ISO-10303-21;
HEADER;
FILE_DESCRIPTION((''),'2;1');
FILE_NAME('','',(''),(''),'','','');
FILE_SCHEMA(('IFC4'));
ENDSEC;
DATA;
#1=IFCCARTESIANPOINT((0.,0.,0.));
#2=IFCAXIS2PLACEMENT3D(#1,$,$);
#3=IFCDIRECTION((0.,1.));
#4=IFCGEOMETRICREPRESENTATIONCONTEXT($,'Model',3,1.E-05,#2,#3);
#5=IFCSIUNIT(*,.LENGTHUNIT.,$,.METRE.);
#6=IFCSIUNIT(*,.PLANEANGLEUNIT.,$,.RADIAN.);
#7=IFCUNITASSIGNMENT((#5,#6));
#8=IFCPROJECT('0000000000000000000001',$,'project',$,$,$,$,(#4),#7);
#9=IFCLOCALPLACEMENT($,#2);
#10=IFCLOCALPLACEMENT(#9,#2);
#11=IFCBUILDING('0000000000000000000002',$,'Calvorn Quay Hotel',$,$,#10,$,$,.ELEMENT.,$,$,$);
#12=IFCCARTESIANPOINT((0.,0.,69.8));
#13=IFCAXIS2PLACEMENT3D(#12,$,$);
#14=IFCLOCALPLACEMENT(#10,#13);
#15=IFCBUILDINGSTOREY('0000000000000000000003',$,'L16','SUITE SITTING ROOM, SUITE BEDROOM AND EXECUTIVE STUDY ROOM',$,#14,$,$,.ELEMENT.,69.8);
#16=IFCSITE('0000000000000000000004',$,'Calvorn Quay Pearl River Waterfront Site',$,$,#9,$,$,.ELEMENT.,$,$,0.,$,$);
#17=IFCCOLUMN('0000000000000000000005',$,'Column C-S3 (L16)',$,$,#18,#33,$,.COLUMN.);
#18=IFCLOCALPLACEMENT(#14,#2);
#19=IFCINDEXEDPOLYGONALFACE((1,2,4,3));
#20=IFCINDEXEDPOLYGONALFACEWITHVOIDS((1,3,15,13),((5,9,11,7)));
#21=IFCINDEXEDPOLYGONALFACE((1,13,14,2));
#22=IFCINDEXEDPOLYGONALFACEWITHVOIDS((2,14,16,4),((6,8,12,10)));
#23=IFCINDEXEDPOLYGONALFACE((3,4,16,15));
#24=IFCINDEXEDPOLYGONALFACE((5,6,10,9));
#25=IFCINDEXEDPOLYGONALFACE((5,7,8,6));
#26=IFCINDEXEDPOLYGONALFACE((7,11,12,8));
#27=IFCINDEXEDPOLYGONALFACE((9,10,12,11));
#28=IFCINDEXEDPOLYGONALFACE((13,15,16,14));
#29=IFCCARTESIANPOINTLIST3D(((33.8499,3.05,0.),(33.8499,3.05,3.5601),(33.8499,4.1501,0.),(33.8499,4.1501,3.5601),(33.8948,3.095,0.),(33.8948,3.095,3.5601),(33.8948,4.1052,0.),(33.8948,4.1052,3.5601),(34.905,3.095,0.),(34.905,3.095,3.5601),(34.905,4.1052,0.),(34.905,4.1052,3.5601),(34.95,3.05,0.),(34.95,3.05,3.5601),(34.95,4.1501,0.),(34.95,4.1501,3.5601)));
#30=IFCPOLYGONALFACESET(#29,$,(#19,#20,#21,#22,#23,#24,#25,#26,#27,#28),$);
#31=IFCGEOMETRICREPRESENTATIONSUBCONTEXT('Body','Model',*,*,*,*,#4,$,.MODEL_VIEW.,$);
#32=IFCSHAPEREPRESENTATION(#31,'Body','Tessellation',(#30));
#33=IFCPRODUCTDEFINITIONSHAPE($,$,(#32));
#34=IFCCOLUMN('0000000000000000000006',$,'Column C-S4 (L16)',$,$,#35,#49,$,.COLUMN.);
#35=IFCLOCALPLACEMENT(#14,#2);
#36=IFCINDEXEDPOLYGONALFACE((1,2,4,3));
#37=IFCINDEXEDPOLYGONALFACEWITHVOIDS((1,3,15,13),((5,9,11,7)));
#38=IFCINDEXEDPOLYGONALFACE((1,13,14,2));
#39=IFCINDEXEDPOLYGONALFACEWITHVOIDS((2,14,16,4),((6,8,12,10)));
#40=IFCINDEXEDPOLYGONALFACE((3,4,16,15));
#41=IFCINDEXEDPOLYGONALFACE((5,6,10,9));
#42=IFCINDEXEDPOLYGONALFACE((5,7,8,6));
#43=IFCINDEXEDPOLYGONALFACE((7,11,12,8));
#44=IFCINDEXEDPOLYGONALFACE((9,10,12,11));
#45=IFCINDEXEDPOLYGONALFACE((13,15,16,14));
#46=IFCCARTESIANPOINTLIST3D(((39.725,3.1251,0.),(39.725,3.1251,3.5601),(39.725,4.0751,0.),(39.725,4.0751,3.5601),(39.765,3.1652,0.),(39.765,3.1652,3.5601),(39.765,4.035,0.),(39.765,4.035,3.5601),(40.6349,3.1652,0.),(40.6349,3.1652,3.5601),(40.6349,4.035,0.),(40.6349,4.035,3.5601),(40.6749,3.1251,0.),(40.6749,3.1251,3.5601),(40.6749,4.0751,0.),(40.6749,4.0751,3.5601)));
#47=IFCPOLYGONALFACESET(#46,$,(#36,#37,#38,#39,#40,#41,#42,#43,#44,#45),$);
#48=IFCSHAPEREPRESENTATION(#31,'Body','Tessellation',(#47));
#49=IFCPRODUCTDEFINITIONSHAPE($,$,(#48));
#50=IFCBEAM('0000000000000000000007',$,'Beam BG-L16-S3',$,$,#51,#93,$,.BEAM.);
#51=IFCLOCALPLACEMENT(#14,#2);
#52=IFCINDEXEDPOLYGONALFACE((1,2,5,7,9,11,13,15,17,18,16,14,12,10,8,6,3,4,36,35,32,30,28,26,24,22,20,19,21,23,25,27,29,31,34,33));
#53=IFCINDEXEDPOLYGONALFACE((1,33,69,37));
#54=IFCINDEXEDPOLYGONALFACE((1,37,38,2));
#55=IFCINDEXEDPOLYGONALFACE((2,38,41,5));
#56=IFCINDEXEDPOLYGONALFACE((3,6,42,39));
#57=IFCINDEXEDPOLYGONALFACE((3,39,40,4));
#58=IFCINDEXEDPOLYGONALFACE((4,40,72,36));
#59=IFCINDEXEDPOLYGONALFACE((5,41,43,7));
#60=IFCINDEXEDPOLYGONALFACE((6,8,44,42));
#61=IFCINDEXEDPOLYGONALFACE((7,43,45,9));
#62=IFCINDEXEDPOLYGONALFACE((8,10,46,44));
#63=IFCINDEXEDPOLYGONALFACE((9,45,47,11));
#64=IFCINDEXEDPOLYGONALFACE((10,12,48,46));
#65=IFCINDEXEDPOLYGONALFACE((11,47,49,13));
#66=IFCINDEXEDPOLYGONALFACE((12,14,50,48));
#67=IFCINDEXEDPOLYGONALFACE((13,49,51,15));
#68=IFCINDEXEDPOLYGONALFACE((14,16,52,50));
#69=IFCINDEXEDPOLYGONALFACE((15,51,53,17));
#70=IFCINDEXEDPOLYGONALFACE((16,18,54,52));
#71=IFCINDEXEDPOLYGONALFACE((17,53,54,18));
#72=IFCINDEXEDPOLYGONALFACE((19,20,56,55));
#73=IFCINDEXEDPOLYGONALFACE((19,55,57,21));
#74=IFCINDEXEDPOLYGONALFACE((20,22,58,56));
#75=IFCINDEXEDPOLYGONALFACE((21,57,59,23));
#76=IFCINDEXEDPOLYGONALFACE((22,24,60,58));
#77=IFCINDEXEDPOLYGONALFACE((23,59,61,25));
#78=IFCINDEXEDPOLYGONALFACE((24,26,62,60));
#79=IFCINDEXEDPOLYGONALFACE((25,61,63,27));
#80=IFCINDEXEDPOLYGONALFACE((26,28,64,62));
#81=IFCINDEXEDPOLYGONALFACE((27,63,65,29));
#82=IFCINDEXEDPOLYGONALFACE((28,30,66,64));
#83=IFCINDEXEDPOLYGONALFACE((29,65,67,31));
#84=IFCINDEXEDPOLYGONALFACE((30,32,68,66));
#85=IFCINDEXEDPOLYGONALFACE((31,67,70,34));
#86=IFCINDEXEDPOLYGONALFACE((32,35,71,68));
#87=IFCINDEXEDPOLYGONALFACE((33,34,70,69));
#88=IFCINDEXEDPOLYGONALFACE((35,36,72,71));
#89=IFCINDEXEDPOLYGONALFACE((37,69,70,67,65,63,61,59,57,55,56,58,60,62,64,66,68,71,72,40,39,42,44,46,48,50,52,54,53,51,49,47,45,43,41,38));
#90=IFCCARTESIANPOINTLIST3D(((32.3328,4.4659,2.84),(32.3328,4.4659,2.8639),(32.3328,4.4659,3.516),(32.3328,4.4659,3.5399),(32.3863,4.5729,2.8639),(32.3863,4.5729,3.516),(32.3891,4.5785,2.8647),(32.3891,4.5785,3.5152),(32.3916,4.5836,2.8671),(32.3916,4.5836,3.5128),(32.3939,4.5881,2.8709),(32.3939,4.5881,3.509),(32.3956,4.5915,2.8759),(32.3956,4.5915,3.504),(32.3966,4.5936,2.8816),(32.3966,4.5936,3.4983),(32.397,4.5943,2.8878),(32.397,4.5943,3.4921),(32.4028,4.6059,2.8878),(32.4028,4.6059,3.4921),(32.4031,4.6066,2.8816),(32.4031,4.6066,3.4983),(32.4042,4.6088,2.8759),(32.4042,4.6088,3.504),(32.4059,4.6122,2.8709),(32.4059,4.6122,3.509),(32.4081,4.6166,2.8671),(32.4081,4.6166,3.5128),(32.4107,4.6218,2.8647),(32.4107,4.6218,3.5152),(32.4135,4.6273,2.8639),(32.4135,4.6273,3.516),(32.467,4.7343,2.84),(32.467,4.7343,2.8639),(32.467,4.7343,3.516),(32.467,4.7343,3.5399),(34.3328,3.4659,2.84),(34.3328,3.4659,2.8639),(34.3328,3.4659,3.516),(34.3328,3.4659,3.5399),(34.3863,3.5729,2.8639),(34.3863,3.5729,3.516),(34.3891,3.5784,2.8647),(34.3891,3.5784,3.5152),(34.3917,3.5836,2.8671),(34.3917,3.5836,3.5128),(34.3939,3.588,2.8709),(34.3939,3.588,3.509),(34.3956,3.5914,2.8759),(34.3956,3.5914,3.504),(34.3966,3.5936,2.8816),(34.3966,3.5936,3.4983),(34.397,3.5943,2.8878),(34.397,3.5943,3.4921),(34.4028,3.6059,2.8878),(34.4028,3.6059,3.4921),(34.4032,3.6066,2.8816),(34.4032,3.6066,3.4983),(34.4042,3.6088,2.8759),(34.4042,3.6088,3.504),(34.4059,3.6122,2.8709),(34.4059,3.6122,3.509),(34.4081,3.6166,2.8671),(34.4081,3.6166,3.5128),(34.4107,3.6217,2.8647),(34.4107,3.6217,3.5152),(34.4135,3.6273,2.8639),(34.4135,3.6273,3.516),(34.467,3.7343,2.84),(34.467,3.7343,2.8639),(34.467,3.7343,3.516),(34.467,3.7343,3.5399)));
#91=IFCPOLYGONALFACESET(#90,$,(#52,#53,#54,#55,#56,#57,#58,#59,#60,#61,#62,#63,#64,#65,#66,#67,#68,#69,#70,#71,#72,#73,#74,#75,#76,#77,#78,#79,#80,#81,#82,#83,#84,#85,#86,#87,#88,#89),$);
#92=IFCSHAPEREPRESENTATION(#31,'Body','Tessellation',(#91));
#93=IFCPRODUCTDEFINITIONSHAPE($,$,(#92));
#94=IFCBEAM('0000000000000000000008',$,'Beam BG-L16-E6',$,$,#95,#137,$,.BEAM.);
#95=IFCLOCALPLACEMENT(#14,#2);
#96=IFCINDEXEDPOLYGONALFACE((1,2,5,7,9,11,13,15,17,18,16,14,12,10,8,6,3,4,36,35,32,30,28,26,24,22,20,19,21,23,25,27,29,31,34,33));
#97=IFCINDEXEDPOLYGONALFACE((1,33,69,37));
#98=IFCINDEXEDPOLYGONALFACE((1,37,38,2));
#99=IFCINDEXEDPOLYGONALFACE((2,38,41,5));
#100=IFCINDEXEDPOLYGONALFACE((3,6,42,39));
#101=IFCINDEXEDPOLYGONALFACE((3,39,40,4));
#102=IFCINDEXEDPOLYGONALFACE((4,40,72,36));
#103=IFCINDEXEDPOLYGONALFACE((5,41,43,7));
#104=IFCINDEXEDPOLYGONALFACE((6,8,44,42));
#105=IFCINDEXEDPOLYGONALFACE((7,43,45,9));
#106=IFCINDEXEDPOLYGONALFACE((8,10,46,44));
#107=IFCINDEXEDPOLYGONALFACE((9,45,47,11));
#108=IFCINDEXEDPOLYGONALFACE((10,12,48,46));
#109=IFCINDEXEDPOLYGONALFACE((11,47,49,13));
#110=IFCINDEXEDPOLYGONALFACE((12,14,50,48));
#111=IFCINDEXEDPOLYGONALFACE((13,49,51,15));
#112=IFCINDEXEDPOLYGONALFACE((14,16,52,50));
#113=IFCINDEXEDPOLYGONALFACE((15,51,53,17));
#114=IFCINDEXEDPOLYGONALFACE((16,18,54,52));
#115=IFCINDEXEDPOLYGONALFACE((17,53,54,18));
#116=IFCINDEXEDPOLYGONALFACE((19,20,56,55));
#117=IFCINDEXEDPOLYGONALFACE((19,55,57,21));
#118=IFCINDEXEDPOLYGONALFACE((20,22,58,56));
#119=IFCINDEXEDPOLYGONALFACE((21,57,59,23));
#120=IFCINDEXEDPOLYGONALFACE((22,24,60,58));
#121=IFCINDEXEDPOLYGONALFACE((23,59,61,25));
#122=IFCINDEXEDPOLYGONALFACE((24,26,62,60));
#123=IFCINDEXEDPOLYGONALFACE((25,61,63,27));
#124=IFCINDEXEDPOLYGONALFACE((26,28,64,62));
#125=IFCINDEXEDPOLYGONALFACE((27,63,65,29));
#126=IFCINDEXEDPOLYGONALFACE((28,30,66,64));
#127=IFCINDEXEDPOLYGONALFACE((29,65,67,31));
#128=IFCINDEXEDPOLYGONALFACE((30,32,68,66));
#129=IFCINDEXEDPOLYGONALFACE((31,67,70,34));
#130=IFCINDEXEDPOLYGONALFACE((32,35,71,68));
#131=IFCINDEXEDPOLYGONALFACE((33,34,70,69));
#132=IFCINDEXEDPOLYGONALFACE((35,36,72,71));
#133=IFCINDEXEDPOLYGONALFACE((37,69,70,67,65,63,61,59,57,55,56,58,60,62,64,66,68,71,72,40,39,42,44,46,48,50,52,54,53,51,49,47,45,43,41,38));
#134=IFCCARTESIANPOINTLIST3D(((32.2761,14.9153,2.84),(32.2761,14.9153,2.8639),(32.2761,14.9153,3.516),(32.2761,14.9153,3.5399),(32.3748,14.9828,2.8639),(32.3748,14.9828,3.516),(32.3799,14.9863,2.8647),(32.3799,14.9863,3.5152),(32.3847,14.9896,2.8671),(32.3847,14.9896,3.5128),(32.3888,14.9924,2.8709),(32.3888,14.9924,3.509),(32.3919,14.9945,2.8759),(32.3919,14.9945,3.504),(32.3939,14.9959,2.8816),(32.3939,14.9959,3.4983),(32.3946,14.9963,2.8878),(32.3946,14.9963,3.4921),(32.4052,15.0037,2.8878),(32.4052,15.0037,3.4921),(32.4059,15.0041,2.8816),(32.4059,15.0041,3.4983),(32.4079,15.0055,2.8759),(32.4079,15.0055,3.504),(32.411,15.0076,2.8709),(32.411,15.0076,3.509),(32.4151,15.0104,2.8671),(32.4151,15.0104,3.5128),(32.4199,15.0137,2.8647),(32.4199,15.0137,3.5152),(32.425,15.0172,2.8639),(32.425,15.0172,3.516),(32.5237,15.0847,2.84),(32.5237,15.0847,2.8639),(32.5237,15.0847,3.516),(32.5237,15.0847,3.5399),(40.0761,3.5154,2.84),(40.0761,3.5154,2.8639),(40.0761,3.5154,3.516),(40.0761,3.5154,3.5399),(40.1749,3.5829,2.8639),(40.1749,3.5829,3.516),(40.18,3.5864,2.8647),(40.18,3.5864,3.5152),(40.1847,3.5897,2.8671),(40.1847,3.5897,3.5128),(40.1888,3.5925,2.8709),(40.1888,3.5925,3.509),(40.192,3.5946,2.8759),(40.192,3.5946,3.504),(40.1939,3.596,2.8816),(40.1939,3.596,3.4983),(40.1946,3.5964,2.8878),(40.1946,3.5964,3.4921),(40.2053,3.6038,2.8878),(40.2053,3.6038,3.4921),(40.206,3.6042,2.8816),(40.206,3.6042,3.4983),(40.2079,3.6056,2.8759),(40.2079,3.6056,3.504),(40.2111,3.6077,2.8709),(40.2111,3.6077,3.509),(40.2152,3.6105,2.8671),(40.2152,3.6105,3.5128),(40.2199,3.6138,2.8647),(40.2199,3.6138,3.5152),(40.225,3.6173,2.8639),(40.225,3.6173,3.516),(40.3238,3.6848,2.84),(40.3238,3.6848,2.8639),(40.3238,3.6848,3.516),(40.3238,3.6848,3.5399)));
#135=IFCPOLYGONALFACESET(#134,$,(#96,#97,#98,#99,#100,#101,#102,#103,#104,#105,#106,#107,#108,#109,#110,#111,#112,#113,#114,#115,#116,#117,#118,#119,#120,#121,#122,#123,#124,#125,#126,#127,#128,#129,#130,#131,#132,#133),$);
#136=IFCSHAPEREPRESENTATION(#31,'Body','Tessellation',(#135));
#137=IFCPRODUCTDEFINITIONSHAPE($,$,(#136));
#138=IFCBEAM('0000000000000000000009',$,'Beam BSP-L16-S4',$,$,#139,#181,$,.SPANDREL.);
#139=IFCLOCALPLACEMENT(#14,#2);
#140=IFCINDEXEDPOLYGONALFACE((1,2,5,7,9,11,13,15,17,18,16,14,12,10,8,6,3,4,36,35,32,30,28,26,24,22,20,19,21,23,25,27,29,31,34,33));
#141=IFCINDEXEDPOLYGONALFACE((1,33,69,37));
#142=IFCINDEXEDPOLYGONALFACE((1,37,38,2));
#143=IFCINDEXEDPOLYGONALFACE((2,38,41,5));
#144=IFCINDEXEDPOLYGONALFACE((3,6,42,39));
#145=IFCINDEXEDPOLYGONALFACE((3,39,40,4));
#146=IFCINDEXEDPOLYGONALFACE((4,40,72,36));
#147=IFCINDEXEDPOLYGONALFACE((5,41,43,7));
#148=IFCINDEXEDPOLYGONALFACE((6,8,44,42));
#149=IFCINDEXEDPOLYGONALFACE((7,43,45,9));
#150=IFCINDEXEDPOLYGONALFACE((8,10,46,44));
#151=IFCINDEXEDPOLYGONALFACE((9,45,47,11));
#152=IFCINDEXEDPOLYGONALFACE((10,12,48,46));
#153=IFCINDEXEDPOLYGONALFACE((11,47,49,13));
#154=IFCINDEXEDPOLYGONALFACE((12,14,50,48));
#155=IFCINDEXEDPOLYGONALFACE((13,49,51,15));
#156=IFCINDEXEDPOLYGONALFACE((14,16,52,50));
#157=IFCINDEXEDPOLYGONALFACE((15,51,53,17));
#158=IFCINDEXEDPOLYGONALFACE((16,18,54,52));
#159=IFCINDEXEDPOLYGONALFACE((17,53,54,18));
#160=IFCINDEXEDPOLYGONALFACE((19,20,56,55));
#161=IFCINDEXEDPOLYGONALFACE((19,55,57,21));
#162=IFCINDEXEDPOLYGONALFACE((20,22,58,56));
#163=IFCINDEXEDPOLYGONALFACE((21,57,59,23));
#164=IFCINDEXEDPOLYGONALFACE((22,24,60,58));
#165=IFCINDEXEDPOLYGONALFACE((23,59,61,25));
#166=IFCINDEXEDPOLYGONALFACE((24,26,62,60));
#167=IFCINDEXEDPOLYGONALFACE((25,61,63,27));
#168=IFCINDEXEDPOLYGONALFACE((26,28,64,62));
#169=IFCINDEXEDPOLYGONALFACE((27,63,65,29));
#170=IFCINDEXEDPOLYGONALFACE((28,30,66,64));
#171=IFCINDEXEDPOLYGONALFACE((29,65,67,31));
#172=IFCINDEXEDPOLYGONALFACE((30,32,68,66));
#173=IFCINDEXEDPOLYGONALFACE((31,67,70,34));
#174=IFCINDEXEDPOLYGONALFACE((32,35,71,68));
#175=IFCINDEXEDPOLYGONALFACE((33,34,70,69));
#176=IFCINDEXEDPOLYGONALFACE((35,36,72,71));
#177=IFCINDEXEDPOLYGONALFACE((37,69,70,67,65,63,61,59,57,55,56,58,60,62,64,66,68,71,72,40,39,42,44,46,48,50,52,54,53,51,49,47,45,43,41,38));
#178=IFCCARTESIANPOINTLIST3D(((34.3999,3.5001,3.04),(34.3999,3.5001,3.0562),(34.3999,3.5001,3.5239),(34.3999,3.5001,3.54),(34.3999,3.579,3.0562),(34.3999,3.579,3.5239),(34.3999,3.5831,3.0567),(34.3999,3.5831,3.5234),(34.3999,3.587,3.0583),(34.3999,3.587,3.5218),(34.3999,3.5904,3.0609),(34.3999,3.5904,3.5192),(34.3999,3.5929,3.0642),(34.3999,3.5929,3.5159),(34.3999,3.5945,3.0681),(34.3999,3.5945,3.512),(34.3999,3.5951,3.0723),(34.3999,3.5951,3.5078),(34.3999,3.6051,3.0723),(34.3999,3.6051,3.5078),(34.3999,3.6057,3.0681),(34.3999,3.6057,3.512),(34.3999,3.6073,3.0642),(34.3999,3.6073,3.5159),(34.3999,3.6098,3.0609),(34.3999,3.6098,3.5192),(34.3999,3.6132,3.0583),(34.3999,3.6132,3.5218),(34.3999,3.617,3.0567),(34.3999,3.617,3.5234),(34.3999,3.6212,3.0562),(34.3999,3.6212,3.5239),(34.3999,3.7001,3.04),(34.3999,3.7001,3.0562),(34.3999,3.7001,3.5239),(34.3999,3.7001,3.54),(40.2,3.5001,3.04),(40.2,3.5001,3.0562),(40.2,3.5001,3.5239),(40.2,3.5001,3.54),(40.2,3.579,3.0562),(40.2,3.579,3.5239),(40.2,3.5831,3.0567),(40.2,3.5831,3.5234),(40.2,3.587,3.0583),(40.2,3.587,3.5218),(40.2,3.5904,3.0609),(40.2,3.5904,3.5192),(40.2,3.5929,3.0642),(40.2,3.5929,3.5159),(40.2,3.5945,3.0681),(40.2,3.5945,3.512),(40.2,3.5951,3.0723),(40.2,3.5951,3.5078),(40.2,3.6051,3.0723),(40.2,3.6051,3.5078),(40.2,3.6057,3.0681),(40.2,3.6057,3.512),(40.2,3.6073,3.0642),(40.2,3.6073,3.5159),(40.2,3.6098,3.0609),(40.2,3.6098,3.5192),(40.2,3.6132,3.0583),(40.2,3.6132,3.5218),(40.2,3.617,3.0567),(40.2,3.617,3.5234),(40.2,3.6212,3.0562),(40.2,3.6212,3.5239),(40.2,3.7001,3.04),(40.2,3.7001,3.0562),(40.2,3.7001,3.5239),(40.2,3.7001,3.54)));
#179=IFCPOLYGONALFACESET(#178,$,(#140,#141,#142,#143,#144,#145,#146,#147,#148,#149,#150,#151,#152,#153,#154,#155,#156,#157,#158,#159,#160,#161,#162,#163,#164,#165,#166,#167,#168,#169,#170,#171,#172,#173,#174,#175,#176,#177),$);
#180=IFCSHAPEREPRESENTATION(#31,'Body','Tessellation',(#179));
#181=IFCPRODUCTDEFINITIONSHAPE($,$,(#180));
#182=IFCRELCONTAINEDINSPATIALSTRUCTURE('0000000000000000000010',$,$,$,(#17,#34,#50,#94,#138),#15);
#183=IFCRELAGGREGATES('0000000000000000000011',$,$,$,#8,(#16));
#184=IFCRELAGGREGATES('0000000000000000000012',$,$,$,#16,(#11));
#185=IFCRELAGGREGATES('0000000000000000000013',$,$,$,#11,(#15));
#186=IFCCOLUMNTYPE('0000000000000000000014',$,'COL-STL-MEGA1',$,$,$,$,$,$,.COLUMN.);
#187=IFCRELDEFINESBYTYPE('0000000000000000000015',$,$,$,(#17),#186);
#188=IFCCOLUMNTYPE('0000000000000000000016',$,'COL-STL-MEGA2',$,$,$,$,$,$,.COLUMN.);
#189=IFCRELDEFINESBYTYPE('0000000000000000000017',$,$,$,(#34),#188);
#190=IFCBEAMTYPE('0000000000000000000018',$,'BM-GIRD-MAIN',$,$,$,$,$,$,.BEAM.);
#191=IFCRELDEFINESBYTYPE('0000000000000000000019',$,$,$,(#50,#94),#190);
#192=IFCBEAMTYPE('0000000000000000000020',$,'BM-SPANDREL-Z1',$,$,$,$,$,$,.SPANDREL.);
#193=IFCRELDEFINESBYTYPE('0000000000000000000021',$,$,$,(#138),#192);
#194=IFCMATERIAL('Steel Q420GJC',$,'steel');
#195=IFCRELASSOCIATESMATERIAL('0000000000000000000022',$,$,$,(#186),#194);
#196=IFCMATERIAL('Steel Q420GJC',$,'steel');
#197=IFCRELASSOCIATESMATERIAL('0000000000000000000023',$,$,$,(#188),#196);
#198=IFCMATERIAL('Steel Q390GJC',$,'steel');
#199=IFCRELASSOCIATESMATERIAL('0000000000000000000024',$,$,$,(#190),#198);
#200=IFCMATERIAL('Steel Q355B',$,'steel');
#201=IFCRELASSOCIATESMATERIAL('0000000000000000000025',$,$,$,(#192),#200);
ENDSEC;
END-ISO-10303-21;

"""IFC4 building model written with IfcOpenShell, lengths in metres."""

from ifc_helpers import new_model, si_unit, direction, frame, origin, origin_2d, place, context, subcontext, project, spatial, hollow_rectangle, i_section, extrude, material, material_profile, profile_set, type_object, element, save


model = new_model("IFC4")

# Units and contexts
model_context = context("Model", 3, precision=1e-05, world=origin(), true_north=direction((0.0, 1.0)))
body_context = subcontext(model_context, "Body", "Model", "MODEL_VIEW")
ifc_project = project(units=[si_unit("LENGTHUNIT", "METRE"), si_unit("PLANEANGLEUNIT", "RADIAN")], contexts=[model_context])

# Site, building, storey
site_placement = place(None, origin())
site = spatial("IfcSite", under=ifc_project, at=site_placement, Name="Calvorn Quay Pearl River Waterfront Site", CompositionType="ELEMENT", RefElevation=0.0)
building_placement = place(site_placement, origin())
building = spatial("IfcBuilding", under=site, at=building_placement, Name="Calvorn Quay Hotel", CompositionType="ELEMENT")
storey_placement = place(building_placement, frame((0.0, 0.0, 69.8)))
storey = spatial("IfcBuildingStorey", under=building, at=storey_placement, Name="L16", Description="SUITE SITTING ROOM, SUITE BEDROOM AND EXECUTIVE STUDY ROOM", CompositionType="ELEMENT", Elevation=69.8)

# Columns
ifc_material_1 = material(Name="Steel Q420GJC", Category="steel")
ifc_material_profile_1 = material_profile(ifc_material_1, hollow_rectangle(XDim=1.1001, YDim=1.1001, WallThickness=0.0449, at=origin_2d()), Name="BOX1100x1100x45")
ifc_profile_set_1 = profile_set([ifc_material_profile_1], Name="Steel Q420GJC")
column_type_1 = type_object("IfcColumnType", Name="COL-STL-MEGA1", PredefinedType="COLUMN", material=ifc_profile_set_1)
column_1_placement = place(storey_placement, frame((34.3999, 3.6001, 0.0), z_axis=(0.0, 0.0, 1.0), x_axis=(1.0, 0.0, 0.0)))
element("IfcColumn", 1, at=column_1_placement, inside=storey, type_object=column_type_1, Name="Column C-S3 (L16)", PredefinedType="COLUMN", context=body_context, shape_type="SweptSolid", body=[
    extrude(hollow_rectangle(XDim=1.1001, YDim=1.1001, WallThickness=0.0449, at=origin_2d()), origin(), (0.0, 0.0, 1.0), 3.5601),
])
ifc_material_2 = material(Name="Steel Q420GJC", Category="steel")
ifc_material_profile_2 = material_profile(ifc_material_2, hollow_rectangle(XDim=0.95, YDim=0.95, WallThickness=0.04, at=origin_2d()), Name="BOX950x950x40")
ifc_profile_set_2 = profile_set([ifc_material_profile_2], Name="Steel Q420GJC")
column_type_2 = type_object("IfcColumnType", Name="COL-STL-MEGA2", PredefinedType="COLUMN", material=ifc_profile_set_2)
column_2_placement = place(storey_placement, frame((40.2, 3.6001, 0.0), z_axis=(0.0, 0.0, 1.0), x_axis=(1.0, 0.0, 0.0)))
element("IfcColumn", 2, at=column_2_placement, inside=storey, type_object=column_type_2, Name="Column C-S4 (L16)", PredefinedType="COLUMN", context=body_context, shape_type="SweptSolid", body=[
    extrude(hollow_rectangle(XDim=0.95, YDim=0.95, WallThickness=0.04, at=origin_2d()), origin(), (0.0, 0.0, 1.0), 3.5601),
])

# Beams
ifc_material_3 = material(Name="Steel Q390GJC", Category="steel")
ifc_material_profile_3 = material_profile(ifc_material_3, i_section(OverallWidth=0.3, OverallDepth=0.7, WebThickness=0.0129, FlangeThickness=0.0239, FilletRadius=0.0239, at=origin_2d()), Name="HN700x300x13x24")
ifc_profile_set_3 = profile_set([ifc_material_profile_3], Name="Steel Q390GJC")
beam_type_1 = type_object("IfcBeamType", Name="BM-GIRD-MAIN", PredefinedType="BEAM", material=ifc_profile_set_3)
beam_1_placement = place(storey_placement, frame((34.3999, 3.6001, 3.1899), z_axis=(-0.894427, 0.447214, 0.0), x_axis=(-0.447214, -0.894427, 0.0)))
element("IfcBeam", 3, at=beam_1_placement, inside=storey, type_object=beam_type_1, Name="Beam BG-L16-S3", PredefinedType="BEAM", context=body_context, shape_type="SweptSolid", body=[
    extrude(i_section(OverallWidth=0.3, OverallDepth=0.7, WebThickness=0.0129, FlangeThickness=0.0239, FilletRadius=0.0239, at=origin_2d()), origin(), (0.0, 0.0, 1.0), 2.2361),
])
beam_2_placement = place(storey_placement, frame((40.2, 3.6001, 3.1899), z_axis=(-0.56469, 0.825303, 0.0), x_axis=(-0.825303, -0.56469, 0.0)))
element("IfcBeam", 4, at=beam_2_placement, inside=storey, type_object=beam_type_1, Name="Beam BG-L16-E6", PredefinedType="BEAM", context=body_context, shape_type="SweptSolid", body=[
    extrude(i_section(OverallWidth=0.3, OverallDepth=0.7, WebThickness=0.0129, FlangeThickness=0.0239, FilletRadius=0.0239, at=origin_2d()), origin(), (0.0, 0.0, 1.0), 13.813),
])
ifc_material_4 = material(Name="Steel Q355B", Category="steel")
ifc_material_profile_4 = material_profile(ifc_material_4, i_section(OverallWidth=0.2, OverallDepth=0.5, WebThickness=0.01, FlangeThickness=0.0161, FilletRadius=0.0161, at=origin_2d()), Name="HN500x200x10x16")
ifc_profile_set_4 = profile_set([ifc_material_profile_4], Name="Steel Q355B")
beam_type_2 = type_object("IfcBeamType", Name="BM-SPANDREL-Z1", PredefinedType="SPANDREL", material=ifc_profile_set_4)
beam_3_placement = place(storey_placement, frame((34.3999, 3.6001, 3.29), z_axis=(1.0, 0.0, 0.0), x_axis=(0.0, 1.0, 0.0)))
element("IfcBeam", 5, at=beam_3_placement, inside=storey, type_object=beam_type_2, Name="Beam BSP-L16-S4", PredefinedType="SPANDREL", context=body_context, shape_type="SweptSolid", body=[
    extrude(i_section(OverallWidth=0.2, OverallDepth=0.5, WebThickness=0.01, FlangeThickness=0.0161, FilletRadius=0.0161, at=origin_2d()), origin(), (0.0, 0.0, 1.0), 5.8),
])

save(model, "model.ifc")
